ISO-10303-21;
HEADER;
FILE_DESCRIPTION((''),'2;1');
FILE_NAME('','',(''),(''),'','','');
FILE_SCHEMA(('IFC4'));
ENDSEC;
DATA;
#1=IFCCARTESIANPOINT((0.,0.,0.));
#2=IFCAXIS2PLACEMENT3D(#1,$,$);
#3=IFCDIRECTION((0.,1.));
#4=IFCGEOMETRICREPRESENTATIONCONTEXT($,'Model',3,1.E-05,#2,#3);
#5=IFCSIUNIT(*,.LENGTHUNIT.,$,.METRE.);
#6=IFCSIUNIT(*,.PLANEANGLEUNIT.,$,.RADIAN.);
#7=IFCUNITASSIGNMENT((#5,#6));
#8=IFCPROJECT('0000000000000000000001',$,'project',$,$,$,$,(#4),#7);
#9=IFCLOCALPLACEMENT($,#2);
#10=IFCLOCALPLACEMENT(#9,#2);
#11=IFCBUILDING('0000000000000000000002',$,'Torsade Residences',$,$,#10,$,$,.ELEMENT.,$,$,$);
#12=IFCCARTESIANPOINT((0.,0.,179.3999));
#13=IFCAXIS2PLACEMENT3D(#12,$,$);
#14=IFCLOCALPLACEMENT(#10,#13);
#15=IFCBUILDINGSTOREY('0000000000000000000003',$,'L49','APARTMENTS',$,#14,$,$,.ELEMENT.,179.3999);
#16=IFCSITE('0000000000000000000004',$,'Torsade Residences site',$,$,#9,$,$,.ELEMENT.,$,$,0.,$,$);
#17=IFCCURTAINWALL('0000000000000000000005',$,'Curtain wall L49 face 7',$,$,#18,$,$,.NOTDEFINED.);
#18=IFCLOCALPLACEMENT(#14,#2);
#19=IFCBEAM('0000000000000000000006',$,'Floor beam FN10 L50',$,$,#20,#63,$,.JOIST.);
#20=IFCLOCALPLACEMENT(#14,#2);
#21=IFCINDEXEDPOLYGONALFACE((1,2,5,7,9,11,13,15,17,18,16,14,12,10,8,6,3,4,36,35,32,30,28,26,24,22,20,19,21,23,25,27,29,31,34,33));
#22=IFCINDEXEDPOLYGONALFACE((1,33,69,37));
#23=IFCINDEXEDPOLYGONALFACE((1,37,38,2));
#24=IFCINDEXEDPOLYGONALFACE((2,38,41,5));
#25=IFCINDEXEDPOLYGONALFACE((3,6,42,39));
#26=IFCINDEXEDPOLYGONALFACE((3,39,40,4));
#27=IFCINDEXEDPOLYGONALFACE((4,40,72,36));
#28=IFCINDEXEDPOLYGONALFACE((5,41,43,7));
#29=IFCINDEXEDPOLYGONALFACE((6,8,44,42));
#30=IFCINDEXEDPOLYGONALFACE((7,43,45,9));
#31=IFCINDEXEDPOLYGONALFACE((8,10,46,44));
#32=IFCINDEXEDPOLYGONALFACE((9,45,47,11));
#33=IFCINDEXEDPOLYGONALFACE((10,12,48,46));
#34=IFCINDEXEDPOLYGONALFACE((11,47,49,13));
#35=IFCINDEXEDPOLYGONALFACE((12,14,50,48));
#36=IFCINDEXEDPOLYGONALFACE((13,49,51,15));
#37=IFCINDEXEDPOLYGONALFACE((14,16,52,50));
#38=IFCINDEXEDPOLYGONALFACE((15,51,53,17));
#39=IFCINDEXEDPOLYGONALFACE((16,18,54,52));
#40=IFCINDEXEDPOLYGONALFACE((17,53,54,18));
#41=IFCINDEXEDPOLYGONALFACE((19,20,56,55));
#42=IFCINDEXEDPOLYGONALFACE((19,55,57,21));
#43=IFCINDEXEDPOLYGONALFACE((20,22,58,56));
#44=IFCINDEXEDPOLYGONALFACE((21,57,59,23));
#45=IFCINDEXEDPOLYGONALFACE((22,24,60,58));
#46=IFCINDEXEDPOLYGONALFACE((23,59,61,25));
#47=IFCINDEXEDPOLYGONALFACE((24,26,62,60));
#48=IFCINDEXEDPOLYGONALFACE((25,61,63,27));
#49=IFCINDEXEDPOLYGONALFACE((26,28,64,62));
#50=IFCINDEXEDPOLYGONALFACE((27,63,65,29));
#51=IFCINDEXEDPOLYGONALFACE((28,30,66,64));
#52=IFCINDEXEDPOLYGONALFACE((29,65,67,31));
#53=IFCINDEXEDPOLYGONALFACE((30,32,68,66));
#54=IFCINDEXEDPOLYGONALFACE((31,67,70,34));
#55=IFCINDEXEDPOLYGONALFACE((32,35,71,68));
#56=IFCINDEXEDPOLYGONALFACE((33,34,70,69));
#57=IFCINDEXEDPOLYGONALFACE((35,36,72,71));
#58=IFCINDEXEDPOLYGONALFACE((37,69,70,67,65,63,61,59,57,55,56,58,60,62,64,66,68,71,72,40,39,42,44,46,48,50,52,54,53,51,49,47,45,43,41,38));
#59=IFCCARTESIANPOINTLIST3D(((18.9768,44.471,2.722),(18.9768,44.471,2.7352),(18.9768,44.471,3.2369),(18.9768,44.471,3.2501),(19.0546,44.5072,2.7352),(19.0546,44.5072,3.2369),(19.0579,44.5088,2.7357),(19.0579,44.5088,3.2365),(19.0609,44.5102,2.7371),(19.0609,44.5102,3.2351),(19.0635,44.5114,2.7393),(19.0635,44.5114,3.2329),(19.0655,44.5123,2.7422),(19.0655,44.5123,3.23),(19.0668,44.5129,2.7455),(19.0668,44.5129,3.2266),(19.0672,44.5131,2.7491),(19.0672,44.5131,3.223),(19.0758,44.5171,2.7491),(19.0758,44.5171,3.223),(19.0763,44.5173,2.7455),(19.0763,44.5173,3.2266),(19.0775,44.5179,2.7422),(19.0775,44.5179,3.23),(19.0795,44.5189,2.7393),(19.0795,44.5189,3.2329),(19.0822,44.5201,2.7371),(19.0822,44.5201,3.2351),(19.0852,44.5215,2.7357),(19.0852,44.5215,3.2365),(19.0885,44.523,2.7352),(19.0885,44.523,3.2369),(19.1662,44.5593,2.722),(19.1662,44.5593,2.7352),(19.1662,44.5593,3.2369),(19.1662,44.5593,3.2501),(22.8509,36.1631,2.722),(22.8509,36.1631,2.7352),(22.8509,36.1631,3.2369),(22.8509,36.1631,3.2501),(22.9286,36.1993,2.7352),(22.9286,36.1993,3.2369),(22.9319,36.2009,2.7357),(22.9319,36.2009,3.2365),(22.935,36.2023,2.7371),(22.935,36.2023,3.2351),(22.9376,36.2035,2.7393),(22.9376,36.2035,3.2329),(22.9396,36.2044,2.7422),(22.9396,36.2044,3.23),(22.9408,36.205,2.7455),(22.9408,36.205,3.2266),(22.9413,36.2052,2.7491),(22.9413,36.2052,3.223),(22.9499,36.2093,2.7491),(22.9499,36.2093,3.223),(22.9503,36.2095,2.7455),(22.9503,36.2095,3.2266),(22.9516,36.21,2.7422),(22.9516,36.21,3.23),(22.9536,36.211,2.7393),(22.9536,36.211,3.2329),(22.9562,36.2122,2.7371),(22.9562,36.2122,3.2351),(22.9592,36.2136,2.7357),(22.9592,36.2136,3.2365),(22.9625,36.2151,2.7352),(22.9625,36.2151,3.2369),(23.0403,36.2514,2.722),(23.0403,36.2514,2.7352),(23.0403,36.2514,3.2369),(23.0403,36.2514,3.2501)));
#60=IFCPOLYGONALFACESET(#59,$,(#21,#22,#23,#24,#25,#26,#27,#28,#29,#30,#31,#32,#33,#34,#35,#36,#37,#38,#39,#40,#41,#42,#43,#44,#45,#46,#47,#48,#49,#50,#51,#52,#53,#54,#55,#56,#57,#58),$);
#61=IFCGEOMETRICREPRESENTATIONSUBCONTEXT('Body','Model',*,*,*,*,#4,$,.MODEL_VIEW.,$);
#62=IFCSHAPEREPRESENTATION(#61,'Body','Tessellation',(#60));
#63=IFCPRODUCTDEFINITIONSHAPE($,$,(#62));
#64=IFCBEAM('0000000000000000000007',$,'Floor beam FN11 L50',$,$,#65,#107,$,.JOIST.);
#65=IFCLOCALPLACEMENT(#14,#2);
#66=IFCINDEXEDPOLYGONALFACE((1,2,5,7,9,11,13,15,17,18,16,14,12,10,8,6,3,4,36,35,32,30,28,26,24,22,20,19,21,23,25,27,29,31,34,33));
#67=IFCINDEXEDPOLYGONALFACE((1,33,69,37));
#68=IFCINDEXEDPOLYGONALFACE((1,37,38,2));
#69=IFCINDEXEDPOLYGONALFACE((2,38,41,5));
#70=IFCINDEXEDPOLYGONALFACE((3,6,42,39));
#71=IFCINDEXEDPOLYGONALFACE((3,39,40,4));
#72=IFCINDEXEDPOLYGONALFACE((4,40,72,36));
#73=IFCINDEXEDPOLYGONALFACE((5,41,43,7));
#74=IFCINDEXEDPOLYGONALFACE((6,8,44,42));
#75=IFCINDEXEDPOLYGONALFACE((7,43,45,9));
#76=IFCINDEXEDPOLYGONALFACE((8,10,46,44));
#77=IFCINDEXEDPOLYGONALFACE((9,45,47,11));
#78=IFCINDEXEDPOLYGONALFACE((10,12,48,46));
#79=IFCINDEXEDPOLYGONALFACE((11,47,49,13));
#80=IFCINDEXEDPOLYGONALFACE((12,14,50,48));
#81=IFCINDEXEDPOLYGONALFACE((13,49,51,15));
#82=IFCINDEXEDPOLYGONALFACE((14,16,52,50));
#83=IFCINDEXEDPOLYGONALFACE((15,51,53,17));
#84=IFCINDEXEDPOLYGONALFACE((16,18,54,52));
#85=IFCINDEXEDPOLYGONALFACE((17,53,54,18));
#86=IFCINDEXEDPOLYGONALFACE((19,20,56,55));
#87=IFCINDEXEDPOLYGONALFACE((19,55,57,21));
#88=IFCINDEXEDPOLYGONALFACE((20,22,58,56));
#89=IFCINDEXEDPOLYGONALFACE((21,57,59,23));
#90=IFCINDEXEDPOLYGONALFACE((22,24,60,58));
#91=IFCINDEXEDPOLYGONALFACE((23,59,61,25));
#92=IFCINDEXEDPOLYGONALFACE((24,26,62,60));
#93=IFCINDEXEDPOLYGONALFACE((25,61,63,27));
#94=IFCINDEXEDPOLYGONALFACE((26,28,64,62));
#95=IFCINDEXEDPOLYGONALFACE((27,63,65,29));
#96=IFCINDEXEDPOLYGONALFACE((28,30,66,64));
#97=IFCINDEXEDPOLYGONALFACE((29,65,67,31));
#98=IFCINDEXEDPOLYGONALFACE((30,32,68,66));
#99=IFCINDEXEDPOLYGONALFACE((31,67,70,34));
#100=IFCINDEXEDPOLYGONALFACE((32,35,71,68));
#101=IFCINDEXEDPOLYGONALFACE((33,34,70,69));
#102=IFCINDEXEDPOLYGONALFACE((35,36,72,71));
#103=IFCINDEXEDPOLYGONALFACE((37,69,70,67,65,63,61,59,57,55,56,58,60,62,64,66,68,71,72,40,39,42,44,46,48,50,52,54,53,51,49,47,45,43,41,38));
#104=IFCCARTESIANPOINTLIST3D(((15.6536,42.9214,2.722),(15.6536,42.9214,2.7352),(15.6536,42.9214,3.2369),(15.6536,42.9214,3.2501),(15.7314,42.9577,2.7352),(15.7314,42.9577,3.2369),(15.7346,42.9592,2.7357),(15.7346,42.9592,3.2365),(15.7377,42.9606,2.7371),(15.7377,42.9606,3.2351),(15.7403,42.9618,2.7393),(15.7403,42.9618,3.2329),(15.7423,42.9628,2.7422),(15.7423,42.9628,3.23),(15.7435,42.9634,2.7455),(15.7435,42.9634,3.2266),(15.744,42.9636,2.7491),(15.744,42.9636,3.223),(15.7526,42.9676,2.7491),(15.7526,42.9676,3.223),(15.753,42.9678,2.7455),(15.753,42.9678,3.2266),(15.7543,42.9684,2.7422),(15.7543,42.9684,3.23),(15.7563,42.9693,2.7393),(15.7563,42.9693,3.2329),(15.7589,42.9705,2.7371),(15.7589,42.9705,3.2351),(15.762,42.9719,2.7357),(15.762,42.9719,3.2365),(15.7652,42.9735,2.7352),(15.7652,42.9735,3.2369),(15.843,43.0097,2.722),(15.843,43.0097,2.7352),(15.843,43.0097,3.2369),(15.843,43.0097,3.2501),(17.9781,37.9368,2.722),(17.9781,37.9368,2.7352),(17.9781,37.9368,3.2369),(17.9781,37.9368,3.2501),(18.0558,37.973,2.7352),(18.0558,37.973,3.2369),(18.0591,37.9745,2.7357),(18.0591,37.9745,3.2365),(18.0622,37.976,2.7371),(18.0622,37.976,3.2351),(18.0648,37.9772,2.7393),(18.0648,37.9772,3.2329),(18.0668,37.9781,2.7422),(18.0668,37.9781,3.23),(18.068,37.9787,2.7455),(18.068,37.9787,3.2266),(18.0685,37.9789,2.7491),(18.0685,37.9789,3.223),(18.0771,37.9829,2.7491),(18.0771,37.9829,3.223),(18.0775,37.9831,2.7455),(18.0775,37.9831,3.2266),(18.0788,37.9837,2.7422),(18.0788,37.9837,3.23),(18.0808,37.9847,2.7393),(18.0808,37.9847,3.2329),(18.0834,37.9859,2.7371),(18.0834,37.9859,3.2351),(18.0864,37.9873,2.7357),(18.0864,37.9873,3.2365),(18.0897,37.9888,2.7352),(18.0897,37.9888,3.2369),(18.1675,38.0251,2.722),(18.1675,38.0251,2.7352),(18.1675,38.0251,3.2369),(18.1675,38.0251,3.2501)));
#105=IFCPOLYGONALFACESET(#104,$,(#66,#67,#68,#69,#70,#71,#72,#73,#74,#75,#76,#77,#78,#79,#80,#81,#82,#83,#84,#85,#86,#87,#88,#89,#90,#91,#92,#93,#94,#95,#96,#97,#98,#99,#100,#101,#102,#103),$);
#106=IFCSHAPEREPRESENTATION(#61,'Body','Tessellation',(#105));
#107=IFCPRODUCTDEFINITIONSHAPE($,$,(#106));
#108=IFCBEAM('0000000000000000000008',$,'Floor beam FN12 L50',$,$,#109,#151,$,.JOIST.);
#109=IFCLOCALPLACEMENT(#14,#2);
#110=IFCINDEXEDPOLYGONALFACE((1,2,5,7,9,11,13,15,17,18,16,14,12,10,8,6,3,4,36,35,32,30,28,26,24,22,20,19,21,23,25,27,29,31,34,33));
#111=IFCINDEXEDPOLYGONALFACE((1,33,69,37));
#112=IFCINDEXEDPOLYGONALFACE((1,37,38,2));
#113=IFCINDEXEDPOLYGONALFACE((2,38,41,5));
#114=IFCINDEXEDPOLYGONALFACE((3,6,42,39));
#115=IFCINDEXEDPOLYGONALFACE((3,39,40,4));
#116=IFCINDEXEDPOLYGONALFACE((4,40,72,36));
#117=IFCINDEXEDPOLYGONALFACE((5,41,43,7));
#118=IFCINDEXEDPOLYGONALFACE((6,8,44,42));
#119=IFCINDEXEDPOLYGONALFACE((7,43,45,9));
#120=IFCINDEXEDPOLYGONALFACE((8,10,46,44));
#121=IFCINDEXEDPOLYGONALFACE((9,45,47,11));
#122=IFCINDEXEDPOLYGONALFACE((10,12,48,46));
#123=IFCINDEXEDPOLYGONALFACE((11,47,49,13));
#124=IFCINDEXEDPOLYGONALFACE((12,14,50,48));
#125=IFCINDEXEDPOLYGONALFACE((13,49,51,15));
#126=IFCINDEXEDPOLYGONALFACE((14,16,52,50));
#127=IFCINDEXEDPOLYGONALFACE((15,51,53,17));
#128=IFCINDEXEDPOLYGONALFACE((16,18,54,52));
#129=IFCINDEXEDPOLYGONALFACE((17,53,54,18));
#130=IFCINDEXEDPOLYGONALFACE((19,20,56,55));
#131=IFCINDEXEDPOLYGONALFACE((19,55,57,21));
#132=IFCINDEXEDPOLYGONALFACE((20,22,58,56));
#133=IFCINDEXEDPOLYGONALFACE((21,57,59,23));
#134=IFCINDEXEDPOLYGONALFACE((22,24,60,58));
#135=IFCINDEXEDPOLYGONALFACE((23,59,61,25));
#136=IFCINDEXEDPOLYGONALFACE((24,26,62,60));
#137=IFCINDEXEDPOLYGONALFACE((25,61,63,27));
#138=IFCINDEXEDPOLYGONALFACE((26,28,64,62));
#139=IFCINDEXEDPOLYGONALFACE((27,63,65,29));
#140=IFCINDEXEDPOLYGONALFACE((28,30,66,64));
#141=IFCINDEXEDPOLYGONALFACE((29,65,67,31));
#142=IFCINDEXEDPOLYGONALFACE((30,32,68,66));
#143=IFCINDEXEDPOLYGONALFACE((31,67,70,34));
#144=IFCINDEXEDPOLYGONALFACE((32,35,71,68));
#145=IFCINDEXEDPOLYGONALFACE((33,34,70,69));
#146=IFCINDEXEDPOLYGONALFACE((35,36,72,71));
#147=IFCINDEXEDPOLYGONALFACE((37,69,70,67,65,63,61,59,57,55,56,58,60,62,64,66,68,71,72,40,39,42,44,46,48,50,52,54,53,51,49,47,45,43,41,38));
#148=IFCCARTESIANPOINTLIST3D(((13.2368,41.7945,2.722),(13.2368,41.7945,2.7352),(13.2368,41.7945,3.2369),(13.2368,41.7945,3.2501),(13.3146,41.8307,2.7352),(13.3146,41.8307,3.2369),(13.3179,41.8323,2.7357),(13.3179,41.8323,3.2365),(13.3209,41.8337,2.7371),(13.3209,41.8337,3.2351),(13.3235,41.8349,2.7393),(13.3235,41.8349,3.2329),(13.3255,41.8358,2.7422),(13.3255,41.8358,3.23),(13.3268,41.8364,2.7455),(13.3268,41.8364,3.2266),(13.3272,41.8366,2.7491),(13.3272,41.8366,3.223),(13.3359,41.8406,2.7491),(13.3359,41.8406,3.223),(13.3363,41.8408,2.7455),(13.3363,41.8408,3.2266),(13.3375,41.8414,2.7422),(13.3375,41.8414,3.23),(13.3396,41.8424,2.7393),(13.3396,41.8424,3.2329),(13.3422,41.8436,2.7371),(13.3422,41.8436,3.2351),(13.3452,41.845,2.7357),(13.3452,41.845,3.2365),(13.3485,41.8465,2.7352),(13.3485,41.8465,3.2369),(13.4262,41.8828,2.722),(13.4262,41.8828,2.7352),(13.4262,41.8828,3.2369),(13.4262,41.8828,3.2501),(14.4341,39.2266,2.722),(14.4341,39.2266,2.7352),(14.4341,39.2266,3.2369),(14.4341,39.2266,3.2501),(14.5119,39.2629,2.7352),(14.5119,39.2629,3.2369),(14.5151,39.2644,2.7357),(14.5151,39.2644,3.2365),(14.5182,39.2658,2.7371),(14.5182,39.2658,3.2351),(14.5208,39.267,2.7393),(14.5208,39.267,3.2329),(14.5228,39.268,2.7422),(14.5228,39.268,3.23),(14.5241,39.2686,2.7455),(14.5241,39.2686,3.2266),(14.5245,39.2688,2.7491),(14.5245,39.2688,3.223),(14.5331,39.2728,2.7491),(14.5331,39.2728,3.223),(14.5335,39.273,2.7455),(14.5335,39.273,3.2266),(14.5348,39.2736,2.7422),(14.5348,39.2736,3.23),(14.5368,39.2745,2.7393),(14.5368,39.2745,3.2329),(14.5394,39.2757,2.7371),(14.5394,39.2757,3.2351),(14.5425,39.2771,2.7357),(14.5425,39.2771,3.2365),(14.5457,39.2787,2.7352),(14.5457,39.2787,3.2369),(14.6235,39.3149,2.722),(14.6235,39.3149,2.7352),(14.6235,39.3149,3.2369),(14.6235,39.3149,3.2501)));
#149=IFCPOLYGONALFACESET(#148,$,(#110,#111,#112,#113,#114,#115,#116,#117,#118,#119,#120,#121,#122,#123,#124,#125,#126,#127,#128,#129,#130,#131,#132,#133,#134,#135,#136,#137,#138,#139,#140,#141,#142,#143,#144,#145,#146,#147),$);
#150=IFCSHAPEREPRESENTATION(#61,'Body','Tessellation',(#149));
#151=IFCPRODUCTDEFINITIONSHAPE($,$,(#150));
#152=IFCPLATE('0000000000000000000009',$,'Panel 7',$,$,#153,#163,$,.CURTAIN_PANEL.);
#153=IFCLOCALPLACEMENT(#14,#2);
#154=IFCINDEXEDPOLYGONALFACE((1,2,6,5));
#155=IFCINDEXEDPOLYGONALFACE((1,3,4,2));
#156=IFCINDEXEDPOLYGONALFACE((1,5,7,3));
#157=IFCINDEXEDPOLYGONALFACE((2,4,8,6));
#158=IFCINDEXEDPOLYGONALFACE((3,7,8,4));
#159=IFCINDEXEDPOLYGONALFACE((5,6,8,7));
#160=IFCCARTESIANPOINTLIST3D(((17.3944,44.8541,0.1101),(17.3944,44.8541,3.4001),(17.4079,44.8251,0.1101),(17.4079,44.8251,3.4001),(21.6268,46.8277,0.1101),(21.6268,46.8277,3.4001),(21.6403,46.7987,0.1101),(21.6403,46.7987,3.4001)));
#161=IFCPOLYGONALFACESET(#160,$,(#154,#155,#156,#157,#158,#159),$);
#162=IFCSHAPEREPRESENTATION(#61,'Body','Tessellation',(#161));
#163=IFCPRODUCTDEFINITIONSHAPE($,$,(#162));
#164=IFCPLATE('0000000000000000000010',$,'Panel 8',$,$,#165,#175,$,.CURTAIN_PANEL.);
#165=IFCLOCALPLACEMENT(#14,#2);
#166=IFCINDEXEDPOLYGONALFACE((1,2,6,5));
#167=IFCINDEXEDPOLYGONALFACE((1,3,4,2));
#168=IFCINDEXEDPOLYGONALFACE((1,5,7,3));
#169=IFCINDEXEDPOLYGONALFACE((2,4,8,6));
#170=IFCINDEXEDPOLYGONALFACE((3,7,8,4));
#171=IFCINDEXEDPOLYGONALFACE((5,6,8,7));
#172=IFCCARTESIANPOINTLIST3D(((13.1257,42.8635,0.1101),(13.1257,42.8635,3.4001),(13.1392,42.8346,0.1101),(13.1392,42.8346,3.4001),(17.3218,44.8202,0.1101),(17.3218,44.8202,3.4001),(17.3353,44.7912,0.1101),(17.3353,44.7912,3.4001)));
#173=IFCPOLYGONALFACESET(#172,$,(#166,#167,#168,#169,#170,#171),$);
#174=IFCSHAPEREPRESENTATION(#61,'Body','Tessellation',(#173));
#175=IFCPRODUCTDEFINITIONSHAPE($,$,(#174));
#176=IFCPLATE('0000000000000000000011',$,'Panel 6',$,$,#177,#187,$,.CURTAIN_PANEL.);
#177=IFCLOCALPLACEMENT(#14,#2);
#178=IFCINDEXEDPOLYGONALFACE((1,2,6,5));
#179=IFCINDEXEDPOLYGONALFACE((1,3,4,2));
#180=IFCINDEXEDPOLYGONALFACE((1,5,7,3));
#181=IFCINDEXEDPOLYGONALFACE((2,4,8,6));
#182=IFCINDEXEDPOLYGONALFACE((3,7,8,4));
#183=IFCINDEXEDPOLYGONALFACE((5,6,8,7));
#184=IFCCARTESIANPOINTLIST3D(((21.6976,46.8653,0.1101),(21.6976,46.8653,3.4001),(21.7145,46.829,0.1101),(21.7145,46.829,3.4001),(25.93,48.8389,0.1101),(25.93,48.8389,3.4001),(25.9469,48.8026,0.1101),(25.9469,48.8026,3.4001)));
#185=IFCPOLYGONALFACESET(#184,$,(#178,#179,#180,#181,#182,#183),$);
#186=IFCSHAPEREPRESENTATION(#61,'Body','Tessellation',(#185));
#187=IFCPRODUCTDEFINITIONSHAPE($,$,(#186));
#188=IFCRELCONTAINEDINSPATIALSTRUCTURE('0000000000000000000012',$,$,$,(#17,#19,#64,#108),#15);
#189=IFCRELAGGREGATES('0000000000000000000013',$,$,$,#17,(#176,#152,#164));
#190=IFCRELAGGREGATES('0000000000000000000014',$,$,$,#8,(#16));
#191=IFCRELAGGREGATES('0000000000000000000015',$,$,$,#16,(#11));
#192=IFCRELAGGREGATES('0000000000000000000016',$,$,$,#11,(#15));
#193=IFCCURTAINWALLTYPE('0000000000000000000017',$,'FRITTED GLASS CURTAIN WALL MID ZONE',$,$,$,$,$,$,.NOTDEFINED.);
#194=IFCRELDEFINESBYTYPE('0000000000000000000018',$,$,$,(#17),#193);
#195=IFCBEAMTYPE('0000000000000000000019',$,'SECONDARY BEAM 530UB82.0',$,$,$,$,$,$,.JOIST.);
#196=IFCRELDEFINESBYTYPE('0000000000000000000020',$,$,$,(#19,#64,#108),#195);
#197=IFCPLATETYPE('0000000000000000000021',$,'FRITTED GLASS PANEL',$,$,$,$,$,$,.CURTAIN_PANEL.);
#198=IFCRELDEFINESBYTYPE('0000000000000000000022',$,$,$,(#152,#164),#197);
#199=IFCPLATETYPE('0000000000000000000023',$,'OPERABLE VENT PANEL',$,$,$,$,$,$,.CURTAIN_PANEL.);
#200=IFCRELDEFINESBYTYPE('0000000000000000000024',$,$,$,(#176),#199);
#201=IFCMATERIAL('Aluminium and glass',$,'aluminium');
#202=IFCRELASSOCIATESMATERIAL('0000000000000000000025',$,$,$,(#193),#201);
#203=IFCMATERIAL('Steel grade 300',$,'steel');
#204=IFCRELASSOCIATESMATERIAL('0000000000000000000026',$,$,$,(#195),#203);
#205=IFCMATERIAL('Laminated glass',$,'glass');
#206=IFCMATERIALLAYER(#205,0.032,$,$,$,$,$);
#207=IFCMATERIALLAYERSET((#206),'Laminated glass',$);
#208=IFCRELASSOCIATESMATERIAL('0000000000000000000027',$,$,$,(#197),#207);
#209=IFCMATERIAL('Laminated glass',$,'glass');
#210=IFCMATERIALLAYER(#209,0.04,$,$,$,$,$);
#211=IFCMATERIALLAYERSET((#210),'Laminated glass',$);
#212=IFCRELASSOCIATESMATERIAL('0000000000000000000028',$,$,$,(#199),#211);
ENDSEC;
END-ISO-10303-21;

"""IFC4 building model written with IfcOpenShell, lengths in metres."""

from ifc_helpers import new_model, si_unit, direction, frame, origin, origin_2d, place, context, subcontext, project, spatial, rectangle, i_section, extrude, material, layer, layer_set, material_profile, profile_set, type_object, element, aggregate, save


model = new_model("IFC4")

# Units and contexts
model_context = context("Model", 3, precision=1e-05, world=origin(), true_north=direction((0.0, 1.0)))
body_context = subcontext(model_context, "Body", "Model", "MODEL_VIEW")
ifc_project = project(units=[si_unit("LENGTHUNIT", "METRE"), si_unit("PLANEANGLEUNIT", "RADIAN")], contexts=[model_context])

# Site, building, storey
site_placement = place(None, origin())
site = spatial("IfcSite", under=ifc_project, at=site_placement, Name="Torsade Residences site", CompositionType="ELEMENT", RefElevation=0.0)
building_placement = place(site_placement, origin())
building = spatial("IfcBuilding", under=site, at=building_placement, Name="Torsade Residences", CompositionType="ELEMENT")
storey_placement = place(building_placement, frame((0.0, 0.0, 179.3999)))
storey = spatial("IfcBuildingStorey", under=building, at=storey_placement, Name="L49", Description="APARTMENTS", CompositionType="ELEMENT", Elevation=179.3999)

# Curtain wall
ifc_material_1 = material(Name="Aluminium and glass", Category="aluminium")
curtain_wall_type = type_object("IfcCurtainWallType", Name="FRITTED GLASS CURTAIN WALL MID ZONE", PredefinedType="NOTDEFINED", material=ifc_material_1)
curtain_wall_placement = place(storey_placement, origin())
curtain_wall = element("IfcCurtainWall", 1, at=curtain_wall_placement, inside=storey, type_object=curtain_wall_type, Name="Curtain wall L49 face 7", PredefinedType="NOTDEFINED")

# Beams
ifc_material_2 = material(Name="Steel grade 300", Category="steel")
ifc_material_profile_1 = material_profile(ifc_material_2, i_section(OverallWidth=0.209, OverallDepth=0.5281, WebThickness=0.0095, FlangeThickness=0.0132, FilletRadius=0.0139, at=origin_2d()), Name="530UB82.0")
ifc_profile_set_1 = profile_set([ifc_material_profile_1], Name="Steel grade 300")
beam_type_1 = type_object("IfcBeamType", Name="SECONDARY BEAM 530UB82.0", PredefinedType="JOIST", material=ifc_profile_set_1)
beam_1_placement = place(storey_placement, frame((19.0715, 44.5151, 2.9861), z_axis=(0.422619, -0.906308, 0.0), x_axis=(0.906308, 0.422619, 0.0)))
element("IfcBeam", 2, at=beam_1_placement, inside=storey, type_object=beam_type_1, Name="Floor beam FN10 L50", PredefinedType="JOIST", context=body_context, shape_type="SweptSolid", body=[
    extrude(i_section(OverallWidth=0.209, OverallDepth=0.5281, WebThickness=0.0095, FlangeThickness=0.0132, FilletRadius=0.0139, at=origin_2d()), origin(), (0.0, 0.0, 1.0), 9.1667),
])
beam_2_placement = place(storey_placement, frame((15.7483, 42.9656, 2.9861), z_axis=(0.422633, -0.906301, 0.0), x_axis=(0.906301, 0.422633, 0.0)))
element("IfcBeam", 3, at=beam_2_placement, inside=storey, type_object=beam_type_1, Name="Floor beam FN11 L50", PredefinedType="JOIST", context=body_context, shape_type="SweptSolid", body=[
    extrude(i_section(OverallWidth=0.209, OverallDepth=0.5281, WebThickness=0.0095, FlangeThickness=0.0132, FilletRadius=0.0139, at=origin_2d()), origin(), (0.0, 0.0, 1.0), 5.5),
])
beam_3_placement = place(storey_placement, frame((13.3315, 41.8386, 2.9861), z_axis=(0.422574, -0.906328, 0.0), x_axis=(0.906328, 0.422574, 0.0)))
element("IfcBeam", 4, at=beam_3_placement, inside=storey, type_object=beam_type_1, Name="Floor beam FN12 L50", PredefinedType="JOIST", context=body_context, shape_type="SweptSolid", body=[
    extrude(i_section(OverallWidth=0.209, OverallDepth=0.5281, WebThickness=0.0095, FlangeThickness=0.0132, FilletRadius=0.0139, at=origin_2d()), origin(), (0.0, 0.0, 1.0), 2.8333),
])

# Plates
ifc_material_3 = material(Name="Laminated glass", Category="glass")
ifc_layer_1 = layer(ifc_material_3, 0.032)
ifc_layer_set_1 = layer_set([ifc_layer_1], Name="Laminated glass")
plate_type_1 = type_object("IfcPlateType", Name="FRITTED GLASS PANEL", PredefinedType="CURTAIN_PANEL", material=ifc_layer_set_1)
plate_1_placement = place(storey_placement, frame((19.5173, 45.8264, 0.1101), z_axis=(0.0, 0.0, 1.0), x_axis=(-0.906308, -0.422618, 0.0)))
plate_1 = element("IfcPlate", 5, at=plate_1_placement, type_object=plate_type_1, Name="Panel 7", PredefinedType="CURTAIN_PANEL", context=body_context, shape_type="SweptSolid", body=[
    extrude(rectangle(XDim=4.6699, YDim=0.032, at=origin_2d()), origin(), (0.0, 0.0, 1.0), 3.29),
])
plate_2_placement = place(storey_placement, frame((15.2305, 43.8274, 0.1101), z_axis=(0.0, 0.0, 1.0), x_axis=(-0.906308, -0.422618, 0.0)))
plate_2 = element("IfcPlate", 6, at=plate_2_placement, type_object=plate_type_1, Name="Panel 8", PredefinedType="CURTAIN_PANEL", context=body_context, shape_type="SweptSolid", body=[
    extrude(rectangle(XDim=4.6299, YDim=0.032, at=origin_2d()), origin(), (0.0, 0.0, 1.0), 3.29),
])
ifc_material_4 = material(Name="Laminated glass", Category="glass")
ifc_layer_2 = layer(ifc_material_4, 0.04)
ifc_layer_set_2 = layer_set([ifc_layer_2], Name="Laminated glass")
plate_type_2 = type_object("IfcPlateType", Name="OPERABLE VENT PANEL", PredefinedType="CURTAIN_PANEL", material=ifc_layer_set_2)
plate_3_placement = place(storey_placement, frame((23.8223, 47.834, 0.1101), z_axis=(0.0, 0.0, 1.0), x_axis=(-0.906308, -0.422618, 0.0)))
plate_3 = element("IfcPlate", 7, at=plate_3_placement, type_object=plate_type_2, Name="Panel 6", PredefinedType="CURTAIN_PANEL", context=body_context, shape_type="SweptSolid", body=[
    extrude(rectangle(XDim=4.6699, YDim=0.04, at=origin_2d()), origin(), (0.0, 0.0, 1.0), 3.29),
])
aggregate(curtain_wall, [plate_3, plate_1, plate_2])

save(model, "model.ifc")
